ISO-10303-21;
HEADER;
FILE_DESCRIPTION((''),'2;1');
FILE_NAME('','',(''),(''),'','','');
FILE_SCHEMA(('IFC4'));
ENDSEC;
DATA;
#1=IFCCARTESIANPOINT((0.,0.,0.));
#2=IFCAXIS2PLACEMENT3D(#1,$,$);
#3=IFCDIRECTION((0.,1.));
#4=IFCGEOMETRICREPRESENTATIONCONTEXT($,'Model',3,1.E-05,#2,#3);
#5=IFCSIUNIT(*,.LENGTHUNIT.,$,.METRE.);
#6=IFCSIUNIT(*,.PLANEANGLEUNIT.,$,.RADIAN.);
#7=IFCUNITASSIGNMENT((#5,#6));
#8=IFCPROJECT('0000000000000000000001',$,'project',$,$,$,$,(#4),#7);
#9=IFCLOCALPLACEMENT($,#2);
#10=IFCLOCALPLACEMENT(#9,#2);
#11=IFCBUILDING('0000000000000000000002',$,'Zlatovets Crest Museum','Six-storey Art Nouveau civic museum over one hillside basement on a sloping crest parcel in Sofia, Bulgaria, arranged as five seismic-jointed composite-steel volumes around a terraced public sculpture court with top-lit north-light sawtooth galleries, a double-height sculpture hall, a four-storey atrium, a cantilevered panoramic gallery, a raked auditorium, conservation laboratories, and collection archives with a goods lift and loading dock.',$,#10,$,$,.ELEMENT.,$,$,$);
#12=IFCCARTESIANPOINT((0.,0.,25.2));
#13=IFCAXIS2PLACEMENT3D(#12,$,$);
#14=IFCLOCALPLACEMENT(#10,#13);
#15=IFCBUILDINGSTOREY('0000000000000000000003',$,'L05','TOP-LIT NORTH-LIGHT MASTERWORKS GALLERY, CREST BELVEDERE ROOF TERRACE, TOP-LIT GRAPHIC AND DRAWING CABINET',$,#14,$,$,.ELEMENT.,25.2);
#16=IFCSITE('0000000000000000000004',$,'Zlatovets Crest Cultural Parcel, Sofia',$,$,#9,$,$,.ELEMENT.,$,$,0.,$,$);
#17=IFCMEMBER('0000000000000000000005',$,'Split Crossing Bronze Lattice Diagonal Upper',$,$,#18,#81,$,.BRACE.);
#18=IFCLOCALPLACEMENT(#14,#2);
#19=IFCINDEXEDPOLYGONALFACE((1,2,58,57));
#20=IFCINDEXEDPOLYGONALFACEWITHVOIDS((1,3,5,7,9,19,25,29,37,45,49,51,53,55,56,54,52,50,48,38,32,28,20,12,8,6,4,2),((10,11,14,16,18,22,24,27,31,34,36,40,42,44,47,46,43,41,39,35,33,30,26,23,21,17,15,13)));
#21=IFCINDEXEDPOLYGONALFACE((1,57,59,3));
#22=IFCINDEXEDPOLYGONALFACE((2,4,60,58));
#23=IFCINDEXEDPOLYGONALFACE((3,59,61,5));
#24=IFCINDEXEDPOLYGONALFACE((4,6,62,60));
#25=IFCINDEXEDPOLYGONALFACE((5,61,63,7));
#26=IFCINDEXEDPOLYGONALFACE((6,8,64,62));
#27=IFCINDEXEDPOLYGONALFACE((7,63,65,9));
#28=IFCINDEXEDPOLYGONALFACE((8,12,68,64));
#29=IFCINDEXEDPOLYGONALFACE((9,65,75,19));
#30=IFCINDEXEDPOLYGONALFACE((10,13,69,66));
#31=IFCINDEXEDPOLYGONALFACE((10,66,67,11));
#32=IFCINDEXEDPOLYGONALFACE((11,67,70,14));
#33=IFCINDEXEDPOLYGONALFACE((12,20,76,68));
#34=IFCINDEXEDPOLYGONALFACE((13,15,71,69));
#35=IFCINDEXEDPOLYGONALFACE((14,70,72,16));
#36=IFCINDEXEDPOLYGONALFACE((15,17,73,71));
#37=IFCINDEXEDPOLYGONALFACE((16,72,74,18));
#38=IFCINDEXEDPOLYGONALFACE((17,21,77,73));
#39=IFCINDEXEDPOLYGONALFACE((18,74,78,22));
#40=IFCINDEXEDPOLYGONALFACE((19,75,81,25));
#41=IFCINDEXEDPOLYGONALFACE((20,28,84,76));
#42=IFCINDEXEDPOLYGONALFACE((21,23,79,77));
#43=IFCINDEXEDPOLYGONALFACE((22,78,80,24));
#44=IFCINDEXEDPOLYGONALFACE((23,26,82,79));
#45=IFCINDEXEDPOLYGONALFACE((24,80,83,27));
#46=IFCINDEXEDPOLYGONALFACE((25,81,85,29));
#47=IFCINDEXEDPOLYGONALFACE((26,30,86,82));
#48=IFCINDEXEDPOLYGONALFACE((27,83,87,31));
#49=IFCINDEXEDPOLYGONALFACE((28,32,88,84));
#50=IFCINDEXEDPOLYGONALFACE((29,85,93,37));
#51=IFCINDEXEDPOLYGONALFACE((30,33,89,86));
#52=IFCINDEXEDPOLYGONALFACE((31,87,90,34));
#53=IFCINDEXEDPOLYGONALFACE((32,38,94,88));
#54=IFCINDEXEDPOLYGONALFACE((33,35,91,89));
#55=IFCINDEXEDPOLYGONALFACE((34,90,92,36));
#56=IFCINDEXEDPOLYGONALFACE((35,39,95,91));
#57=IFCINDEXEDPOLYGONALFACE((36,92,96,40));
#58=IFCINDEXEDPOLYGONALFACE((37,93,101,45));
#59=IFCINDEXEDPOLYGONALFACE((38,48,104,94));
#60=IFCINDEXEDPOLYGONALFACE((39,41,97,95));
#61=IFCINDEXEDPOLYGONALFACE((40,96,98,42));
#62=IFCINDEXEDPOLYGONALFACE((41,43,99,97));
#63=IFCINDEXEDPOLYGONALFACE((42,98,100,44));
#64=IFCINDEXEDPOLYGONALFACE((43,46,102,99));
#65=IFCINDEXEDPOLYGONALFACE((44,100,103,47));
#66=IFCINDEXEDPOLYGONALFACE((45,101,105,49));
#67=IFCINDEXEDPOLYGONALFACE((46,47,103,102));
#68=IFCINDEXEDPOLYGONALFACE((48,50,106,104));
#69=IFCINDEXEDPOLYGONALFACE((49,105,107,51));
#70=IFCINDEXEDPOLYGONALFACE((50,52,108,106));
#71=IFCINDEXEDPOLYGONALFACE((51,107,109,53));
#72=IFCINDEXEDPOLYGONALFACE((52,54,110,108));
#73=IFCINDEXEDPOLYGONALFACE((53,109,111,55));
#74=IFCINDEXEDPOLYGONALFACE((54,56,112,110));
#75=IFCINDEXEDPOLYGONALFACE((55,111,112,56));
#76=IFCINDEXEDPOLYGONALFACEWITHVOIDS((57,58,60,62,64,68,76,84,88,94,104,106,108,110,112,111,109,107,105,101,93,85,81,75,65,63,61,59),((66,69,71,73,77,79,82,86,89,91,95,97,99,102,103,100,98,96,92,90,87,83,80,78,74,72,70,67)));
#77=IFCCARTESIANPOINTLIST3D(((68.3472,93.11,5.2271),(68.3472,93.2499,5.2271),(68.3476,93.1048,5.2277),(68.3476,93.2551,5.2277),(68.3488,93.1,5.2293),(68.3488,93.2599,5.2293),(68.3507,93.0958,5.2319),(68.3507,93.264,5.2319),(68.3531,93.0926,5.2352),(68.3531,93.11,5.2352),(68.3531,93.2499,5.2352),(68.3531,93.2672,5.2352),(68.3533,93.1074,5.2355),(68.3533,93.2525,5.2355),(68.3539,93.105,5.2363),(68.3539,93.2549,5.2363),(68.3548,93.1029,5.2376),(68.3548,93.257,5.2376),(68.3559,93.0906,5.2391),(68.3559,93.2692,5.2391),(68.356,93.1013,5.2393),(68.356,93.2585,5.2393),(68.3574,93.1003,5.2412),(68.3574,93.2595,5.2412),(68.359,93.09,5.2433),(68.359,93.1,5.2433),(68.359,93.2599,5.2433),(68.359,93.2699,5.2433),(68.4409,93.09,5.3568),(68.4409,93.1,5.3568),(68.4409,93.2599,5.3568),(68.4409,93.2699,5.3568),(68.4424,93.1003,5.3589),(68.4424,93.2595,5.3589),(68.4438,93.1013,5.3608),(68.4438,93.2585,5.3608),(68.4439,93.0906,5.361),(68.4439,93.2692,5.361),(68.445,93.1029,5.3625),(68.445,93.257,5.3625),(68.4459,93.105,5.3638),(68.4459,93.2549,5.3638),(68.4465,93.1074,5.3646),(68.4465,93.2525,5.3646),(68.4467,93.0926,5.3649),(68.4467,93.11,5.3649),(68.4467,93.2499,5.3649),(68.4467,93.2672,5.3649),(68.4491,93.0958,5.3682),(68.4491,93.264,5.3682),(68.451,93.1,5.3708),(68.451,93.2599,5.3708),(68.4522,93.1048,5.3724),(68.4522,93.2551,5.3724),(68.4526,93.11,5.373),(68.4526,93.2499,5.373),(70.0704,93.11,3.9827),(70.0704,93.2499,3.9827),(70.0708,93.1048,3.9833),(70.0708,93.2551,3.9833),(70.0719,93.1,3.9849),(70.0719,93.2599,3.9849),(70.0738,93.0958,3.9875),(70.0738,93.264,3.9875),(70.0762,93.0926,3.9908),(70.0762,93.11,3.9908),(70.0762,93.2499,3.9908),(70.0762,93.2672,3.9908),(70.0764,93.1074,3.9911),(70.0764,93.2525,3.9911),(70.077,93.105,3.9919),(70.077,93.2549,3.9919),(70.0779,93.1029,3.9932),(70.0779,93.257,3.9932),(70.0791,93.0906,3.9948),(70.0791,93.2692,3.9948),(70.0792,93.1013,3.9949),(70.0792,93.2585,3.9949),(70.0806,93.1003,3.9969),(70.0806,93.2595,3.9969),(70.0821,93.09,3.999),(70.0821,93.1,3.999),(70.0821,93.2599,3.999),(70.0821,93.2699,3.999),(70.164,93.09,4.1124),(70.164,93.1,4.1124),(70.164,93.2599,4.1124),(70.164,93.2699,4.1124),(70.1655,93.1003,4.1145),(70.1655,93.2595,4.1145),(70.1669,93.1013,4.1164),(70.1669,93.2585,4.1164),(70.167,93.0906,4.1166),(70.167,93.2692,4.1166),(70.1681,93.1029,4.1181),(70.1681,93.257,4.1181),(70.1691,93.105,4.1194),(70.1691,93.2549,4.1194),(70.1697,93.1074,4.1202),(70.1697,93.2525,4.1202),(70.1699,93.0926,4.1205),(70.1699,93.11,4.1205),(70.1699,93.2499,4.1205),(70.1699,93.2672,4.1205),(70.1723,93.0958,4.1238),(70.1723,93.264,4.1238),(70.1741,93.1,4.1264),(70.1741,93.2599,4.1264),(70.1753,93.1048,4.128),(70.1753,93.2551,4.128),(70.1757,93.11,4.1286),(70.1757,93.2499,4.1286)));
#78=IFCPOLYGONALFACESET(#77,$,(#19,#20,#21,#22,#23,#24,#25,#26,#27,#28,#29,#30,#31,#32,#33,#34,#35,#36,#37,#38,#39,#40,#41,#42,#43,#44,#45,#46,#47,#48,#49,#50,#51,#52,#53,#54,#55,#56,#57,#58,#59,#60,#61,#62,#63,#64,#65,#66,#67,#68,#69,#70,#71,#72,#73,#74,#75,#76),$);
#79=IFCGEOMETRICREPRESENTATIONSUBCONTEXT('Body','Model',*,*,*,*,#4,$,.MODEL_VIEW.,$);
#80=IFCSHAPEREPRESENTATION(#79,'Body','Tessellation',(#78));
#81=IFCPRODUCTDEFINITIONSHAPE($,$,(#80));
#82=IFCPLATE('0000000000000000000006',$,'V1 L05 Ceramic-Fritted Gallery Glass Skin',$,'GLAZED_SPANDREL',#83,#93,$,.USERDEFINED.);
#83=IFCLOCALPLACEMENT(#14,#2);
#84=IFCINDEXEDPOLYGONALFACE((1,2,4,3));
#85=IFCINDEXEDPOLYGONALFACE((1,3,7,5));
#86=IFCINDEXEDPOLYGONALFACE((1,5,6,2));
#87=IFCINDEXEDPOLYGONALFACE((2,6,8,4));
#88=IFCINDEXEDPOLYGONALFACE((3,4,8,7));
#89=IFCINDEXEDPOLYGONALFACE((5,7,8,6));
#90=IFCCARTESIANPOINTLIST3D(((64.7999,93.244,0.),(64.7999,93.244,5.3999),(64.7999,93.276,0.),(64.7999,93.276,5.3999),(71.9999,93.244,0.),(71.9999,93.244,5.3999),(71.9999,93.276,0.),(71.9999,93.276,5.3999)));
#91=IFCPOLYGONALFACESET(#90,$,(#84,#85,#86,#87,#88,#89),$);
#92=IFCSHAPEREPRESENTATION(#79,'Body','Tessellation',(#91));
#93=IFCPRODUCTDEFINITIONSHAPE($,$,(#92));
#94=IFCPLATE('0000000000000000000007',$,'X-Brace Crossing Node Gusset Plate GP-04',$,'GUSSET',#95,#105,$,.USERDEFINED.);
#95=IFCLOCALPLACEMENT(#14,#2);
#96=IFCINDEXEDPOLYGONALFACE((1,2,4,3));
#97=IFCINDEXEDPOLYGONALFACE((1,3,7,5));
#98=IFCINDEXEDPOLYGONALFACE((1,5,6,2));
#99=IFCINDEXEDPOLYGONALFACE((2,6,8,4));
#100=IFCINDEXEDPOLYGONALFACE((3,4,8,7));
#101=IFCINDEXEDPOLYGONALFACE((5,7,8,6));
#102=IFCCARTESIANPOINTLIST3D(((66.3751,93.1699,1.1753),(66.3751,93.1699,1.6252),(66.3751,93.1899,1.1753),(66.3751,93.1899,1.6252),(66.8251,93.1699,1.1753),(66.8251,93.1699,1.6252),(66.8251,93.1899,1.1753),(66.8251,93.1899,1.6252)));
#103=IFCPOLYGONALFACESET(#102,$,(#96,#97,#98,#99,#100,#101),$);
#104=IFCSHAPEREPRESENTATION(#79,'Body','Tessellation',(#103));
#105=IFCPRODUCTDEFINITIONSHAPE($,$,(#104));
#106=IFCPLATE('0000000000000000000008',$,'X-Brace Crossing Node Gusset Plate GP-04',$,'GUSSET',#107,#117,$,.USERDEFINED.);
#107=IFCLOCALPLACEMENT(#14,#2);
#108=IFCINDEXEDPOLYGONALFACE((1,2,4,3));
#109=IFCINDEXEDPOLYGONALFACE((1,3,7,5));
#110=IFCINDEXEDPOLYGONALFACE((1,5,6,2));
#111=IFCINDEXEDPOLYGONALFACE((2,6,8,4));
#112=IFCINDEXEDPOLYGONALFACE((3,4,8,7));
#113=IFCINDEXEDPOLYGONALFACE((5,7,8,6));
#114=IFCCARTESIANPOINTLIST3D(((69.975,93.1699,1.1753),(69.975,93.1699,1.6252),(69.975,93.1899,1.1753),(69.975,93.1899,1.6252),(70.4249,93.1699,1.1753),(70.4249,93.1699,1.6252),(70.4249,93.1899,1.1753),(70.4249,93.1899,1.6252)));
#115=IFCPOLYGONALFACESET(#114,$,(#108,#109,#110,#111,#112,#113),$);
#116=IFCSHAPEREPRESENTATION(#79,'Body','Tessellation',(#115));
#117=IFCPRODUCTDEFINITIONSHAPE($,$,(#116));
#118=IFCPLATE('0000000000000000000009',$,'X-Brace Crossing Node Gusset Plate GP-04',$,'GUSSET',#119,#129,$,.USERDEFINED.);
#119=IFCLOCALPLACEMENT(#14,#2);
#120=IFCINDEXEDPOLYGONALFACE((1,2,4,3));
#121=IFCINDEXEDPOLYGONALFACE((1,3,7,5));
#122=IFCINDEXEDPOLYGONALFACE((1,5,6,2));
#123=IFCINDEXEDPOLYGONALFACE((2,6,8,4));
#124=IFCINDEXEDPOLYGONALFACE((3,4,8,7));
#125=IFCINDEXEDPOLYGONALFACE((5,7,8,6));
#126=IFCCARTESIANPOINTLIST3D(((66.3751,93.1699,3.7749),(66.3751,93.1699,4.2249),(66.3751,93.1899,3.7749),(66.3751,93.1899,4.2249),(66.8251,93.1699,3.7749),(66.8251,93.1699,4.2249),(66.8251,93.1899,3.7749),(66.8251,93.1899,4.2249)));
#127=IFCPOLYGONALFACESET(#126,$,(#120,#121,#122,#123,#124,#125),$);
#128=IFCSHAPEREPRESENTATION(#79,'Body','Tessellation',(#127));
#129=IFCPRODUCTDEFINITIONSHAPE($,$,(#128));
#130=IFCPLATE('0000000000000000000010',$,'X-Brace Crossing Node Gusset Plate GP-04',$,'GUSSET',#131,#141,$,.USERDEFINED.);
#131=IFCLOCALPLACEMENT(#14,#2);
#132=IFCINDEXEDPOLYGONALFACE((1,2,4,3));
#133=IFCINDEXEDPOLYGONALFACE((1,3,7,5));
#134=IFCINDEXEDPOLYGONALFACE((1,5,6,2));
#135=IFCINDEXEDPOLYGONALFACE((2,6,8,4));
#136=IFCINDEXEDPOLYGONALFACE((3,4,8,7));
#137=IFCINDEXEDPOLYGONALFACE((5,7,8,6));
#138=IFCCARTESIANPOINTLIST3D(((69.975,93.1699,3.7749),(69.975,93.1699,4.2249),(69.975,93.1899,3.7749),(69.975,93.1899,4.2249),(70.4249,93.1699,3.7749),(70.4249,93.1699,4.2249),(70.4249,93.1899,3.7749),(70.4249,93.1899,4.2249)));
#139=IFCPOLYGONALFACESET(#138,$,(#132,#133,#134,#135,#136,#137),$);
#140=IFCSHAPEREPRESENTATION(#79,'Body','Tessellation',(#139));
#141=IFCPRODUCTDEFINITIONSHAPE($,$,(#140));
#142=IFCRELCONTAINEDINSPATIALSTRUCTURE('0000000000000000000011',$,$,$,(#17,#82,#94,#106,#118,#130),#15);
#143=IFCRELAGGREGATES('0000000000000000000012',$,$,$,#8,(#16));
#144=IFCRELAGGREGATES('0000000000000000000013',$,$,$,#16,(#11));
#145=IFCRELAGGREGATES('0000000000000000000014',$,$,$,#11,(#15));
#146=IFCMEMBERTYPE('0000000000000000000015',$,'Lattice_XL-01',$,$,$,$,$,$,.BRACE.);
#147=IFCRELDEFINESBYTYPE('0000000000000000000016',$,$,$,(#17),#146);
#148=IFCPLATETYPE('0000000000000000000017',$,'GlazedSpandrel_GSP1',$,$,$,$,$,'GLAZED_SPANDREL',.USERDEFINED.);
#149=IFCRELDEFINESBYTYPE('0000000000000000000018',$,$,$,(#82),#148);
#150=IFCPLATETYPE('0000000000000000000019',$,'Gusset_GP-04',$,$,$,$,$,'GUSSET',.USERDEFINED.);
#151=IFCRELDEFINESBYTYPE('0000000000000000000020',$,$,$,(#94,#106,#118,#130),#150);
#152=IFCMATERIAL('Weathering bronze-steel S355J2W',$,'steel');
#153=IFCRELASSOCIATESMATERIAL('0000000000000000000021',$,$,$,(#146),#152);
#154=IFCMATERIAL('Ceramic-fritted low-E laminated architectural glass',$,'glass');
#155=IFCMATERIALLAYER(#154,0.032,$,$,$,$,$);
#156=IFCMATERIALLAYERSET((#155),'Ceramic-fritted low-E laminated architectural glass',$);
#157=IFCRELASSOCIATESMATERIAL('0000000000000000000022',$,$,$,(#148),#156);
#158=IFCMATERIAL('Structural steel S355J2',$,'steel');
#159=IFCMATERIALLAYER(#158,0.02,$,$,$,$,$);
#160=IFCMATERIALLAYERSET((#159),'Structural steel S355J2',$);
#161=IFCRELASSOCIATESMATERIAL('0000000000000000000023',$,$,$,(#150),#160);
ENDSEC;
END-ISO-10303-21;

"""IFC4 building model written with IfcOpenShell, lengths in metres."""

from ifc_helpers import new_model, si_unit, direction, frame, origin, origin_2d, place, context, subcontext, project, spatial, rectangle, hollow_rectangle, extrude, material, layer, layer_set, material_profile, profile_set, type_object, element, save


model = new_model("IFC4")

# Units and contexts
model_context = context("Model", 3, precision=1e-05, world=origin(), true_north=direction((0.0, 1.0)))
body_context = subcontext(model_context, "Body", "Model", "MODEL_VIEW")
ifc_project = project(units=[si_unit("LENGTHUNIT", "METRE"), si_unit("PLANEANGLEUNIT", "RADIAN")], contexts=[model_context])

# Site, building, storey
site_placement = place(None, origin())
site = spatial("IfcSite", under=ifc_project, at=site_placement, Name="Zlatovets Crest Cultural Parcel, Sofia", CompositionType="ELEMENT", RefElevation=0.0)
building_placement = place(site_placement, origin())
building = spatial("IfcBuilding", under=site, at=building_placement, Name="Zlatovets Crest Museum", Description="Six-storey Art Nouveau civic museum over one hillside basement on a sloping crest parcel in Sofia, Bulgaria, arranged as five seismic-jointed composite-steel volumes around a terraced public sculpture court with top-lit north-light sawtooth galleries, a double-height sculpture hall, a four-storey atrium, a cantilevered panoramic gallery, a raked auditorium, conservation laboratories, and collection archives with a goods lift and loading dock.", CompositionType="ELEMENT")
storey_placement = place(building_placement, frame((0.0, 0.0, 25.2)))
storey = spatial("IfcBuildingStorey", under=building, at=storey_placement, Name="L05", Description="TOP-LIT NORTH-LIGHT MASTERWORKS GALLERY, CREST BELVEDERE ROOF TERRACE, TOP-LIT GRAPHIC AND DRAWING CABINET", CompositionType="ELEMENT", Elevation=25.2)

# Shared definitions
ifc_material_1 = material(Name="Structural steel S355J2", Category="steel")

# Member
ifc_material_2 = material(Name="Weathering bronze-steel S355J2W", Category="steel")
ifc_material_profile_1 = material_profile(ifc_material_2, hollow_rectangle(XDim=0.1799, YDim=0.1799, WallThickness=0.01, InnerFilletRadius=0.01, OuterFilletRadius=0.02, at=origin_2d()), Name="SHS 180x180x10.0")
ifc_profile_set_1 = profile_set([ifc_material_profile_1], Name="Weathering bronze-steel S355J2W")
member_type = type_object("IfcMemberType", Name="Lattice_XL-01", PredefinedType="BRACE", material=ifc_profile_set_1)
member_1_placement = place(storey_placement, frame((68.3999, 93.1799, 5.3), z_axis=(0.810703, 0.0, -0.585457), x_axis=(0.0, 1.0, 0.0)))
element("IfcMember", 1, at=member_1_placement, inside=storey, type_object=member_type, Name="Split Crossing Bronze Lattice Diagonal Upper", PredefinedType="BRACE", context=body_context, shape_type="SweptSolid", body=[
    extrude(hollow_rectangle(XDim=0.1799, YDim=0.1799, WallThickness=0.01, InnerFilletRadius=0.01, OuterFilletRadius=0.02, at=origin_2d()), origin(), (0.0, 0.0, 1.0), 2.1255),
])

# Plates
ifc_material_3 = material(Name="Ceramic-fritted low-E laminated architectural glass", Category="glass")
ifc_layer_1 = layer(ifc_material_3, 0.032)
ifc_layer_set_1 = layer_set([ifc_layer_1], Name="Ceramic-fritted low-E laminated architectural glass")
plate_type_1 = type_object("IfcPlateType", Name="GlazedSpandrel_GSP1", ElementType="GLAZED_SPANDREL", PredefinedType="USERDEFINED", material=ifc_layer_set_1)
plate_placement = place(storey_placement, frame((68.3999, 93.26, 0.0), z_axis=(0.0, 0.0, 1.0), x_axis=(1.0, 0.0, 0.0)))
element("IfcPlate", 2, at=plate_placement, inside=storey, type_object=plate_type_1, Name="V1 L05 Ceramic-Fritted Gallery Glass Skin", ObjectType="GLAZED_SPANDREL", PredefinedType="USERDEFINED", context=body_context, shape_type="SweptSolid", body=[
    extrude(rectangle(XDim=7.2, YDim=0.032, at=origin_2d()), origin(), (0.0, 0.0, 1.0), 5.3999),
])
ifc_layer_2 = layer(ifc_material_1, 0.02)
ifc_layer_set_2 = layer_set([ifc_layer_2], Name="Structural steel S355J2")
plate_type_2 = type_object("IfcPlateType", Name="Gusset_GP-04", ElementType="GUSSET", PredefinedType="USERDEFINED", material=ifc_layer_set_2)
for number, where, z_axis, x_axis, name in (
    (3, (66.6001, 93.1799, 1.1753), (0.0, 0.0, 1.0), (1.0, 0.0, 0.0), "X-Brace Crossing Node Gusset Plate GP-04"),
    (4, (70.2, 93.1799, 1.1753), (0.0, 0.0, 1.0), (1.0, 0.0, 0.0), "X-Brace Crossing Node Gusset Plate GP-04"),
    (5, (66.6001, 93.1799, 3.7749), (0.0, 0.0, 1.0), (1.0, 0.0, 0.0), "X-Brace Crossing Node Gusset Plate GP-04"),
    (6, (70.2, 93.1799, 3.7749), (0.0, 0.0, 1.0), (1.0, 0.0, 0.0), "X-Brace Crossing Node Gusset Plate GP-04"),
):
    element("IfcPlate", number, at=place(storey_placement, frame(where, z_axis=z_axis, x_axis=x_axis)), inside=storey, type_object=plate_type_2, Name=name, ObjectType="GUSSET", PredefinedType="USERDEFINED", context=body_context, shape_type="SweptSolid", body=[
        extrude(rectangle(XDim=0.45, YDim=0.02, at=origin_2d()), origin(), (0.0, 0.0, 1.0), 0.45),
    ])

save(model, "model.ifc")
